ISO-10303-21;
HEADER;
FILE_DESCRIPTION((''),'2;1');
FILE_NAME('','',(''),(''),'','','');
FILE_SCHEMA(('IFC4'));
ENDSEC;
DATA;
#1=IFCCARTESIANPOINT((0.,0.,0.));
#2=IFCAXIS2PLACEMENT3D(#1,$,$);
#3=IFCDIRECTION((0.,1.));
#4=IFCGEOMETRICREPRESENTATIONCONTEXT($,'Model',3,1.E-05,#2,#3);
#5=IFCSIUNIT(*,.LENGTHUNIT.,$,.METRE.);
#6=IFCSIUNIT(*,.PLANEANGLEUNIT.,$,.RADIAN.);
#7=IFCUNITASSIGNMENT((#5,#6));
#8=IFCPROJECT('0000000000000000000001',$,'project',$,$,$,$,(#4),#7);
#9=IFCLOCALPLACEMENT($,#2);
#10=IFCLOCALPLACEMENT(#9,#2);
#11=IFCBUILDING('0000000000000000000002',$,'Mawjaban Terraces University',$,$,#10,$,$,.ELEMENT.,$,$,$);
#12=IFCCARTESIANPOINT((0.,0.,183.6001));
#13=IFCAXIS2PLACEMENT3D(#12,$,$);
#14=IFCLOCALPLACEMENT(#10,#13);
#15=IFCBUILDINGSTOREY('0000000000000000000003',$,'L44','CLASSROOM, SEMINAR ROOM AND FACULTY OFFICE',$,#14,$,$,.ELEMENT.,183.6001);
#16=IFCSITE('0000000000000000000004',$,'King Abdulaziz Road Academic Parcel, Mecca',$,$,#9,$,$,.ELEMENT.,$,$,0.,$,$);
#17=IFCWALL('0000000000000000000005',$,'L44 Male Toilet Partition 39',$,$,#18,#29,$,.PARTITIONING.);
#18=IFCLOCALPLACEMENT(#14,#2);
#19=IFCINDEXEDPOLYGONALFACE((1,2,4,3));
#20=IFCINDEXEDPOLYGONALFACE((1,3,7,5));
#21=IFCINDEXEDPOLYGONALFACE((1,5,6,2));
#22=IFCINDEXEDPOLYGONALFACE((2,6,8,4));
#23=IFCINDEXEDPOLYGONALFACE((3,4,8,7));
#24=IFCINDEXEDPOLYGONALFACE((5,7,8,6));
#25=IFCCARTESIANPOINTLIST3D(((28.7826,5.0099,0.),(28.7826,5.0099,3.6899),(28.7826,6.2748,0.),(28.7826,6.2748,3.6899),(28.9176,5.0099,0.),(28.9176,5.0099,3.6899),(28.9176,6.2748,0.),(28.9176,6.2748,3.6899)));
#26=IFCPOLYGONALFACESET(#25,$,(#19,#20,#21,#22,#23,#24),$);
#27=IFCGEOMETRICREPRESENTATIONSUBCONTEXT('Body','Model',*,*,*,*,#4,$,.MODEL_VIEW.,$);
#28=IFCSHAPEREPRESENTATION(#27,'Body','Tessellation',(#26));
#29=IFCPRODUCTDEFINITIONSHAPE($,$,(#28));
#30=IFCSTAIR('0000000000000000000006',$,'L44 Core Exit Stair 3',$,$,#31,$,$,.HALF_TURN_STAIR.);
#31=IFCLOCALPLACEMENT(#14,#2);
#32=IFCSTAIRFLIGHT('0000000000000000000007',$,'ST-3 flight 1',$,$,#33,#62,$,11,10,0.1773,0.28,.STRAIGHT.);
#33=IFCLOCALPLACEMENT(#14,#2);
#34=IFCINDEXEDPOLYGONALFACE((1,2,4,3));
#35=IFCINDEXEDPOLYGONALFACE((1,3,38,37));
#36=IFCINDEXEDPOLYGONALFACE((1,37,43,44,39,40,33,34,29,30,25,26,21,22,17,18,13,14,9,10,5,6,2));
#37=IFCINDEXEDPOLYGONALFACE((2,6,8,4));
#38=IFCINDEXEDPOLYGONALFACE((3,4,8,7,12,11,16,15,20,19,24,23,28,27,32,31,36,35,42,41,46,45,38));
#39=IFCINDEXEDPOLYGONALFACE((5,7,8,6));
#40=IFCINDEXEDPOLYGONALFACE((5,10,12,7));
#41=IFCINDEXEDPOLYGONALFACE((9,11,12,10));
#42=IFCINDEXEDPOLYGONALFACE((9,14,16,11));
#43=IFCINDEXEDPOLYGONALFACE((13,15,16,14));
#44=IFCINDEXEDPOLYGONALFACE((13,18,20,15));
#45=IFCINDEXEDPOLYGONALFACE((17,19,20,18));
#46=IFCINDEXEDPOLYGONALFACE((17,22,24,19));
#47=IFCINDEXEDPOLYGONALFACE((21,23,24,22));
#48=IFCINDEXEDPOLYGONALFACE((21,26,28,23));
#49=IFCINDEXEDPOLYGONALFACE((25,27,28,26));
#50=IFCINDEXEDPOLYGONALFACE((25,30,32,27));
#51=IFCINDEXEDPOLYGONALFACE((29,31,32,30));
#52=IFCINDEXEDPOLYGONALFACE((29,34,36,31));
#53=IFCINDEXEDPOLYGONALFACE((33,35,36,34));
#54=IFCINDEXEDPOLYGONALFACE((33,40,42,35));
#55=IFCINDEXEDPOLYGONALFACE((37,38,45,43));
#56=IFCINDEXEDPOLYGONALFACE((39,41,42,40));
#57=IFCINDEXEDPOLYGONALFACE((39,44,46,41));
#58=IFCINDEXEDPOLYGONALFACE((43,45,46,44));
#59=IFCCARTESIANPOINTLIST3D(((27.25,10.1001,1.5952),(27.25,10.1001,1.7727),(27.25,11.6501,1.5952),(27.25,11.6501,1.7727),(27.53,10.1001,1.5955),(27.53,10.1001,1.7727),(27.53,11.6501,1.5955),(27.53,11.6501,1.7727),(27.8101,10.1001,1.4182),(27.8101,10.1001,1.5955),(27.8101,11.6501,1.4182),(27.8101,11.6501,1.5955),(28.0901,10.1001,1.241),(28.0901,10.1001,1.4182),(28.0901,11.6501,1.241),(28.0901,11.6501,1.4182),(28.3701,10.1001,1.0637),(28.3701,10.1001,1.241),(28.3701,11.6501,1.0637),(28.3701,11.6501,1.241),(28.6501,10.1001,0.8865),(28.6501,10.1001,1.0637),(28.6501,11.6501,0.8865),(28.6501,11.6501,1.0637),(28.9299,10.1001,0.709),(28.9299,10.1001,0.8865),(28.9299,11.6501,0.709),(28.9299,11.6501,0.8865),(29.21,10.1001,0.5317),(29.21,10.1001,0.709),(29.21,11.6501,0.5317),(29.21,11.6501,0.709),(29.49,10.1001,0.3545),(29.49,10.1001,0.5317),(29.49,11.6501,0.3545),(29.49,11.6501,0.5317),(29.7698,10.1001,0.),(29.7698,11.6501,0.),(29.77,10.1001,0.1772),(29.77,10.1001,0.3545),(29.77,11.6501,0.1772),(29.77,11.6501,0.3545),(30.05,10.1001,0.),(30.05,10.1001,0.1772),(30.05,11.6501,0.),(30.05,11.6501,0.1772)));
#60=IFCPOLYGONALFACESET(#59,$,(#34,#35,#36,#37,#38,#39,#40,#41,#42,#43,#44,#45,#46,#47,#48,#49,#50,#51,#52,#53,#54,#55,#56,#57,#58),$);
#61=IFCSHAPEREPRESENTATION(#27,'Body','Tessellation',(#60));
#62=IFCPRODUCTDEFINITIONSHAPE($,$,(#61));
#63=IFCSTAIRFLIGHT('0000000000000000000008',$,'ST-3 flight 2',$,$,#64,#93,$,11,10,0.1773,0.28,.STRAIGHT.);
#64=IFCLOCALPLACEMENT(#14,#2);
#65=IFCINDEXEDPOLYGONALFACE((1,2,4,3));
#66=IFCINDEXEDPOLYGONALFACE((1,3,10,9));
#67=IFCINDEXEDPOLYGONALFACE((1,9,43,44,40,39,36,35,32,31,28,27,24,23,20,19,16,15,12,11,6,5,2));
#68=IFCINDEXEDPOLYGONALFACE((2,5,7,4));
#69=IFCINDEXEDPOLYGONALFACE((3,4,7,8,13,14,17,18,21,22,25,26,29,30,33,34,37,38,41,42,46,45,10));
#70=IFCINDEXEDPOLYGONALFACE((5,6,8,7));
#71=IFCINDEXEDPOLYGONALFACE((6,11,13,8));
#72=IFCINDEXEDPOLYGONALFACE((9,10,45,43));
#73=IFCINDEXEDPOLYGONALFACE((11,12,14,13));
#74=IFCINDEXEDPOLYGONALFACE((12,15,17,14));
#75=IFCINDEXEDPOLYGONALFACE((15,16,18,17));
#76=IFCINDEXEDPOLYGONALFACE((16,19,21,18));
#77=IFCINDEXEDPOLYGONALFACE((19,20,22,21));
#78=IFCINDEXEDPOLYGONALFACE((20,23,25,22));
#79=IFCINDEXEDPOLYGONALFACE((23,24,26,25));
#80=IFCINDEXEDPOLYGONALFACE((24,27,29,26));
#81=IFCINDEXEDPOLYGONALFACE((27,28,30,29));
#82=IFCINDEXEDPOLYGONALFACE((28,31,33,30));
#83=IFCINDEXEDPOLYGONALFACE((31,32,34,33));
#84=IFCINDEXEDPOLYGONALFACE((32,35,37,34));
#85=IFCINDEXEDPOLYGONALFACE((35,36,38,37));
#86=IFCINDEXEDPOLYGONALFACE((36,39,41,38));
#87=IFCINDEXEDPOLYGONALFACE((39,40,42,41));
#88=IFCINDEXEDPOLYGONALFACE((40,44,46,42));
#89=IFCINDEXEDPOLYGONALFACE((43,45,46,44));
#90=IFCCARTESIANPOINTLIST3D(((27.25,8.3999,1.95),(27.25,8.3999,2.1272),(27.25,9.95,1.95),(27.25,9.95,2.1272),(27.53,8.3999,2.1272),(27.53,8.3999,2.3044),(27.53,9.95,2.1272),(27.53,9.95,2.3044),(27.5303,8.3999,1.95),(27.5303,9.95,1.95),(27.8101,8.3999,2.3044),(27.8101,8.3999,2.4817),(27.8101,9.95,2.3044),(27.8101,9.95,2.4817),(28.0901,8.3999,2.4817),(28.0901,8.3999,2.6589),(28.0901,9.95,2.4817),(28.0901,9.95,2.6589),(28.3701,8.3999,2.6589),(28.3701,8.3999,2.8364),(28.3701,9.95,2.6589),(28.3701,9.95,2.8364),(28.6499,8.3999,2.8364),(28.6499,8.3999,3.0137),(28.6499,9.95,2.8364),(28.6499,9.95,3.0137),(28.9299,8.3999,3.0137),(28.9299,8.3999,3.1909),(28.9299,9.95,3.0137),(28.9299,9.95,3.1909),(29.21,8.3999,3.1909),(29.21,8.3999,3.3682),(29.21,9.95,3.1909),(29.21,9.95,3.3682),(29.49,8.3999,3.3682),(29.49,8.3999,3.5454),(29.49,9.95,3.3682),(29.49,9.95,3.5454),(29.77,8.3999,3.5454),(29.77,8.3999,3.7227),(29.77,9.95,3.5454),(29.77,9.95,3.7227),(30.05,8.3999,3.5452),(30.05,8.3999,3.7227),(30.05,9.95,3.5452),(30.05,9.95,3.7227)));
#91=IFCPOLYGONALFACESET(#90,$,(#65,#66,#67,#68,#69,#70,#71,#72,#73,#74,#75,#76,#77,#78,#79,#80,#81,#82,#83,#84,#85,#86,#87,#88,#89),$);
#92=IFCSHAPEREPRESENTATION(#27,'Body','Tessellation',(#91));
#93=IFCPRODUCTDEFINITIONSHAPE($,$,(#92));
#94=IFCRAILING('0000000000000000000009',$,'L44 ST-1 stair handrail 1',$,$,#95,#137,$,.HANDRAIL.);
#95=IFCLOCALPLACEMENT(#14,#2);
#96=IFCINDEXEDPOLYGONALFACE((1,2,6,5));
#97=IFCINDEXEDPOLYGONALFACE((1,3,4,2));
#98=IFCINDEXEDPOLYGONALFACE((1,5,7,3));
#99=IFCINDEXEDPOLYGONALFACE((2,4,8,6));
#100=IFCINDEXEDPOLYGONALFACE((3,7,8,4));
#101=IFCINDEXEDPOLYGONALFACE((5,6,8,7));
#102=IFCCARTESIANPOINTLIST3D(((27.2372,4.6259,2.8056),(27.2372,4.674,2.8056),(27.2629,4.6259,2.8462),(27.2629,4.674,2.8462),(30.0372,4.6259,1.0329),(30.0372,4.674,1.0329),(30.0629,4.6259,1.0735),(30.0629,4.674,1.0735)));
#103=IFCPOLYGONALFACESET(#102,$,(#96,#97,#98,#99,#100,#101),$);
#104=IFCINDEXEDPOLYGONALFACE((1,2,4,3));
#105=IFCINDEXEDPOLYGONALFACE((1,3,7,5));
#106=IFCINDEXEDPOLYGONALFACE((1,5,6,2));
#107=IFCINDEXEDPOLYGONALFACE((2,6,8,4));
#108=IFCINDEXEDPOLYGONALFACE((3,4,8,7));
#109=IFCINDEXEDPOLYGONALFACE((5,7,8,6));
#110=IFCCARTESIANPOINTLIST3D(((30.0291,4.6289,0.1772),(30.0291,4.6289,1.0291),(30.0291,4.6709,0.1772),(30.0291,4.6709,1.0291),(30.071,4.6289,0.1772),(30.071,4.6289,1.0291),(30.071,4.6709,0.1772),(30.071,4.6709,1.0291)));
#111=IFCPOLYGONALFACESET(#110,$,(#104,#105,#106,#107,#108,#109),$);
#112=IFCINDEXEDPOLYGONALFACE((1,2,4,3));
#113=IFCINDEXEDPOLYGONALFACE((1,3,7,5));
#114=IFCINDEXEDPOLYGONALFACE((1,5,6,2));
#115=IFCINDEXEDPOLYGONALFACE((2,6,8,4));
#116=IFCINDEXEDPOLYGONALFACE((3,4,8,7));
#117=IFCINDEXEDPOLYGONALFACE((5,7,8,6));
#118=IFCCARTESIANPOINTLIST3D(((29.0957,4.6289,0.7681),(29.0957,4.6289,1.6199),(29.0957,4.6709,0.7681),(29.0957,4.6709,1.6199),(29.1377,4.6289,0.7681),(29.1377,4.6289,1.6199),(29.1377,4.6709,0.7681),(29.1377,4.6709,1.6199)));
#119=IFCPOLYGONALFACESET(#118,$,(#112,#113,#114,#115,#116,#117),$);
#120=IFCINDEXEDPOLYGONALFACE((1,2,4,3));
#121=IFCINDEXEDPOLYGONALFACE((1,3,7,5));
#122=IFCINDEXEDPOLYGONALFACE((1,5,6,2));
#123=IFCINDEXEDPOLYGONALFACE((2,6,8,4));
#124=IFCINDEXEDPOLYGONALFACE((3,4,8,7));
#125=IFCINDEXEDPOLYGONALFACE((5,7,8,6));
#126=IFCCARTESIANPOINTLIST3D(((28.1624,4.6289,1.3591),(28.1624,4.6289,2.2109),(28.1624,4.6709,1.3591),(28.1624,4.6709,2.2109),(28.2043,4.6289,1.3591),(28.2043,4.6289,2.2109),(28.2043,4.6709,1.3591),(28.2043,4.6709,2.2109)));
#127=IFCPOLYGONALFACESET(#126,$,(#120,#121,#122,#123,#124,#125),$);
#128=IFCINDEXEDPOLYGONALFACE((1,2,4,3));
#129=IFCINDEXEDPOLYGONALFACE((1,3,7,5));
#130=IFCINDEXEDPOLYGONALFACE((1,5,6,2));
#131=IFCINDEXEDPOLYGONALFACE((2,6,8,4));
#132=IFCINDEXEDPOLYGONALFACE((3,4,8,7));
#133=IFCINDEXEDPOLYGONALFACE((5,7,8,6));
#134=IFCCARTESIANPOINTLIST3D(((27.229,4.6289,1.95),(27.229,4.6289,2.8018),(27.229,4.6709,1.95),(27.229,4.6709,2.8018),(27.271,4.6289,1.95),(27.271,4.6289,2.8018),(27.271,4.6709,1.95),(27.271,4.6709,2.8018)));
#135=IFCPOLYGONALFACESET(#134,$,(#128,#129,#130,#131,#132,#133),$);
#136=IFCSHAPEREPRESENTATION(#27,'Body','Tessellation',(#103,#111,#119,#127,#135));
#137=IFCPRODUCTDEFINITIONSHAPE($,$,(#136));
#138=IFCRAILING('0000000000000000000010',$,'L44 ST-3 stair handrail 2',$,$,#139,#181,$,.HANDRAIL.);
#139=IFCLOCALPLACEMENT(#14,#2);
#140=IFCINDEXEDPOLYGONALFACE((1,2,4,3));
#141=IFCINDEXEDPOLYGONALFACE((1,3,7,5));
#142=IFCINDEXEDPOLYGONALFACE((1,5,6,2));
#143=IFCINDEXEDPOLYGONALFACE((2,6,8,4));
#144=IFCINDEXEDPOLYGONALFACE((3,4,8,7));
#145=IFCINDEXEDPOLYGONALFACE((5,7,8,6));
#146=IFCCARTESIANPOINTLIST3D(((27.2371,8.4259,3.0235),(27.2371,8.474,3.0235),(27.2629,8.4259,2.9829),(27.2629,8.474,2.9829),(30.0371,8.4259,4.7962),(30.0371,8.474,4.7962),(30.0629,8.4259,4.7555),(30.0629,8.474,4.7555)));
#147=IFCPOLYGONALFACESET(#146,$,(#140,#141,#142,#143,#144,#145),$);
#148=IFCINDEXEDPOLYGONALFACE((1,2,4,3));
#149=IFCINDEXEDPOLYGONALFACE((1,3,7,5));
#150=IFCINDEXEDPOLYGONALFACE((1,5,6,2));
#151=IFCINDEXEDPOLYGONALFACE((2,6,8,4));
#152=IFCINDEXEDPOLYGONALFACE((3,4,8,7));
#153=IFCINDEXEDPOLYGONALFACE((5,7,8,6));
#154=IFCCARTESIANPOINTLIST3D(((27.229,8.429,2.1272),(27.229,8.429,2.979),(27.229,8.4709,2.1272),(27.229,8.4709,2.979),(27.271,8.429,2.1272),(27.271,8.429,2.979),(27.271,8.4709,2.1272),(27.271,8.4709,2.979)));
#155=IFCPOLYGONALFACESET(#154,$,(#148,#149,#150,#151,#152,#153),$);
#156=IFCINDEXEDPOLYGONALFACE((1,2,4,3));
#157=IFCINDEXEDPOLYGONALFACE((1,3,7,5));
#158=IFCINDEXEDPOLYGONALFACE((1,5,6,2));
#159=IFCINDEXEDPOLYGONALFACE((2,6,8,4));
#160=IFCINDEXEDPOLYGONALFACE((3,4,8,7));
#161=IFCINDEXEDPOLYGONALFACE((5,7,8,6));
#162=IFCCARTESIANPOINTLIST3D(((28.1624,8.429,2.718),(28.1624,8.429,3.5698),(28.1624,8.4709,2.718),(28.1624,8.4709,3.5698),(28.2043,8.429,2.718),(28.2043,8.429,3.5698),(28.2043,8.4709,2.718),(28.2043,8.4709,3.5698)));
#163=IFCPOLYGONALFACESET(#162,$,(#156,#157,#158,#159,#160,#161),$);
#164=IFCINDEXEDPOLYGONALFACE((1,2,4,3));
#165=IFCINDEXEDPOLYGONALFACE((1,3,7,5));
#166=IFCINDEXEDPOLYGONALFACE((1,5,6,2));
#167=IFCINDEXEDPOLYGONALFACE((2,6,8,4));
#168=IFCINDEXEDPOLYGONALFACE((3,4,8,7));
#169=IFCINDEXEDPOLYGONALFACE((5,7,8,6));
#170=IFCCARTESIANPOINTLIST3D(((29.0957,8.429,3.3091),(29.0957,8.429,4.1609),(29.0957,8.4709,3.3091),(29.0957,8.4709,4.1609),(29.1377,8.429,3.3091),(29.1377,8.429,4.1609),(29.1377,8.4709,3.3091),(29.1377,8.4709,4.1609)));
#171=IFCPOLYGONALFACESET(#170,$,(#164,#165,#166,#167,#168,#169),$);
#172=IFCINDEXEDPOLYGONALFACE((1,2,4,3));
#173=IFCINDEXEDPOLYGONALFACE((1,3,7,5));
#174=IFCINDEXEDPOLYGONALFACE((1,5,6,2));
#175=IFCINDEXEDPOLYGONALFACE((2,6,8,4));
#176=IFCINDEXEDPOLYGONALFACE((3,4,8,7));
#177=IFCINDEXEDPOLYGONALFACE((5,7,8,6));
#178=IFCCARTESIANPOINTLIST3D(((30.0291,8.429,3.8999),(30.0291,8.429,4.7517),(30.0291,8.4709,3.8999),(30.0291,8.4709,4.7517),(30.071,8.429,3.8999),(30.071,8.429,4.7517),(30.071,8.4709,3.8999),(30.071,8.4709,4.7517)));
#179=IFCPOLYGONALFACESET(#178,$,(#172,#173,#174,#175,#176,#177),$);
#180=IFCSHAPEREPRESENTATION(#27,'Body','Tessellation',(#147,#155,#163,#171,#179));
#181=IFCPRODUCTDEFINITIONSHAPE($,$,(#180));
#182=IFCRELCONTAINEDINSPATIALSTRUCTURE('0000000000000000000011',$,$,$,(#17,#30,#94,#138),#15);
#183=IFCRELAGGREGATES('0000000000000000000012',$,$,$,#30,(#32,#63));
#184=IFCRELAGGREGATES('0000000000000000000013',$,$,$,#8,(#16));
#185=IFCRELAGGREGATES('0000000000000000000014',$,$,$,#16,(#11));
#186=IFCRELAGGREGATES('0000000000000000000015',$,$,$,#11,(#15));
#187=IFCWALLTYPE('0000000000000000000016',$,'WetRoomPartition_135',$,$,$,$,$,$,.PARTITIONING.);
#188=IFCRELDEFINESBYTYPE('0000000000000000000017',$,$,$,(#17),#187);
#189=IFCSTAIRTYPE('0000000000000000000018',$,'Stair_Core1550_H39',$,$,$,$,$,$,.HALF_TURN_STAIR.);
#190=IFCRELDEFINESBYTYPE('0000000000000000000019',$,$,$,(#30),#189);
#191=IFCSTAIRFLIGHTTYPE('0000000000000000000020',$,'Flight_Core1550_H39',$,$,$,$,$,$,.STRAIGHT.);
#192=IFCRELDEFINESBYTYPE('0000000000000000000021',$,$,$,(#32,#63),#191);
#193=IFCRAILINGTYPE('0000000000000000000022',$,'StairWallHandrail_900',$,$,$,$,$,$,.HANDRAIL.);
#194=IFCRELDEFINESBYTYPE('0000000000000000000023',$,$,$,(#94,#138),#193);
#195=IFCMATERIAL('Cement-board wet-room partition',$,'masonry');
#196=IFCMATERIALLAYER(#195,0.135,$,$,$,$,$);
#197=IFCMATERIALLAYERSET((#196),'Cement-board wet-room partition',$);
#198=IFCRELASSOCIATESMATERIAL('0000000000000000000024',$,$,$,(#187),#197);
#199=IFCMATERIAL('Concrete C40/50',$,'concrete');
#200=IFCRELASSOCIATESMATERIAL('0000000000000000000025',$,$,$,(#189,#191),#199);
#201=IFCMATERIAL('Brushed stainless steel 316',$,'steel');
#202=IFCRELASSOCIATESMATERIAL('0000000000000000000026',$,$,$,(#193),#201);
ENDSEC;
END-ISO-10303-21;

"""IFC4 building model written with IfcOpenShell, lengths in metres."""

from ifc_helpers import new_model, si_unit, direction, frame, frame_2d, origin, origin_2d, place, context, subcontext, project, spatial, polyline, rectangle, outline, extrude, material, layer, layer_set, type_object, element, aggregate, save


model = new_model("IFC4")

# Units and contexts
model_context = context("Model", 3, precision=1e-05, world=origin(), true_north=direction((0.0, 1.0)))
body_context = subcontext(model_context, "Body", "Model", "MODEL_VIEW")
ifc_project = project(units=[si_unit("LENGTHUNIT", "METRE"), si_unit("PLANEANGLEUNIT", "RADIAN")], contexts=[model_context])

# Site, building, storey
site_placement = place(None, origin())
site = spatial("IfcSite", under=ifc_project, at=site_placement, Name="King Abdulaziz Road Academic Parcel, Mecca", CompositionType="ELEMENT", RefElevation=0.0)
building_placement = place(site_placement, origin())
building = spatial("IfcBuilding", under=site, at=building_placement, Name="Mawjaban Terraces University", CompositionType="ELEMENT")
storey_placement = place(building_placement, frame((0.0, 0.0, 183.6001)))
storey = spatial("IfcBuildingStorey", under=building, at=storey_placement, Name="L44", Description="CLASSROOM, SEMINAR ROOM AND FACULTY OFFICE", CompositionType="ELEMENT", Elevation=183.6001)

# Shared definitions
ifc_material_1 = material(Name="Concrete C40/50", Category="concrete")

# Wall
ifc_material_2 = material(Name="Cement-board wet-room partition", Category="masonry")
ifc_layer_1 = layer(ifc_material_2, 0.135)
ifc_layer_set_1 = layer_set([ifc_layer_1], Name="Cement-board wet-room partition")
wall_type_1 = type_object("IfcWallType", Name="WetRoomPartition_135", PredefinedType="PARTITIONING", material=ifc_layer_set_1)
wall_1_placement = place(storey_placement, frame((28.8501, 5.01, 0.0), z_axis=(0.0, 0.0, 1.0), x_axis=(0.0, 1.0, 0.0)))
element("IfcWall", 1, at=wall_1_placement, inside=storey, type_object=wall_type_1, Name="L44 Male Toilet Partition 39", PredefinedType="PARTITIONING", context=body_context, shape_type="SweptSolid", body=[
    extrude(rectangle(XDim=1.2649, YDim=0.135, at=frame_2d((0.6323, 0.0))), origin(), (0.0, 0.0, 1.0), 3.6899),
])

# Stair, stair flights
stair_type = type_object("IfcStairType", Name="Stair_Core1550_H39", PredefinedType="HALF_TURN_STAIR", material=ifc_material_1)
stair_placement = place(storey_placement, origin())
stair = element("IfcStair", 2, at=stair_placement, inside=storey, type_object=stair_type, Name="L44 Core Exit Stair 3", PredefinedType="HALF_TURN_STAIR")
stair_flight_type = type_object("IfcStairFlightType", Name="Flight_Core1550_H39", PredefinedType="STRAIGHT", material=ifc_material_1)
stair_flight_1_placement = place(storey_placement, frame((30.05, 10.875, 0.0), z_axis=(0.0, 0.0, 1.0), x_axis=(-1.0, 0.0, 0.0)))
stair_flight_1 = element("IfcStairFlight", 3, at=stair_flight_1_placement, type_object=stair_flight_type, Name="ST-3 flight 1", NumberOfRisers=11, NumberOfTreads=10, PredefinedType="STRAIGHT", RiserHeight=0.1773, TreadLength=0.28, context=body_context, shape_type="SweptSolid", body=[
    extrude(outline(polyline([(0.0, 0.0), (0.0, 0.1772), (0.28, 0.1772), (0.28, 0.3545), (0.5601, 0.3545), (0.5601, 0.5317), (0.8401, 0.5317), (0.8401, 0.709), (1.1201, 0.709), (1.1201, 0.8865), (1.3999, 0.8865), (1.3999, 1.0637), (1.6799, 1.0637), (1.6799, 1.241), (1.96, 1.241), (1.96, 1.4182), (2.24, 1.4182), (2.24, 1.5955), (2.52, 1.5955), (2.52, 1.7727), (2.8, 1.7727), (2.8, 1.95), (2.8, 1.5952), (0.2803, 0.0), (0.0, 0.0)])), frame((0.0, 0.7749, 0.0), z_axis=(0.0, -1.0, 0.0), x_axis=(1.0, 0.0, 0.0)), (0.0, 0.0, 1.0), 1.55),
])
stair_flight_2_placement = place(storey_placement, frame((27.25, 9.175, 1.95), z_axis=(0.0, 0.0, 1.0), x_axis=(1.0, 0.0, 0.0)))
stair_flight_2 = element("IfcStairFlight", 4, at=stair_flight_2_placement, type_object=stair_flight_type, Name="ST-3 flight 2", NumberOfRisers=11, NumberOfTreads=10, PredefinedType="STRAIGHT", RiserHeight=0.1773, TreadLength=0.28, context=body_context, shape_type="SweptSolid", body=[
    extrude(outline(polyline([(0.0, 0.0), (0.0, 0.1772), (0.28, 0.1772), (0.28, 0.3545), (0.5601, 0.3545), (0.5601, 0.5317), (0.8401, 0.5317), (0.8401, 0.709), (1.1201, 0.709), (1.1201, 0.8865), (1.3999, 0.8865), (1.3999, 1.0637), (1.6799, 1.0637), (1.6799, 1.241), (1.96, 1.241), (1.96, 1.4182), (2.24, 1.4182), (2.24, 1.5955), (2.52, 1.5955), (2.52, 1.7727), (2.8, 1.7727), (2.8, 1.95), (2.8, 1.5952), (0.2803, 0.0), (0.0, 0.0)])), frame((0.0, 0.7749, 0.0), z_axis=(0.0, -1.0, 0.0), x_axis=(1.0, 0.0, 0.0)), (0.0, 0.0, 1.0), 1.55),
])
aggregate(stair, [stair_flight_1, stair_flight_2])

# Railings
ifc_material_3 = material(Name="Brushed stainless steel 316", Category="steel")
railing_type_1 = type_object("IfcRailingType", Name="StairWallHandrail_900", PredefinedType="HANDRAIL", material=ifc_material_3)
railing_1_placement = place(storey_placement, frame((30.05, 4.6499, 0.1772)))
element("IfcRailing", 5, at=railing_1_placement, inside=storey, type_object=railing_type_1, Name="L44 ST-1 stair handrail 1", PredefinedType="HANDRAIL", context=body_context, shape_type="SweptSolid", body=[
    extrude(rectangle(XDim=0.0481, YDim=0.0481, at=origin_2d()), frame((0.0, 0.0, 0.876), z_axis=(-0.844909, 0.0, 0.53491), x_axis=(0.0, -1.0, 0.0)), (0.0, 0.0, 1.0), 3.314),
    extrude(rectangle(XDim=0.042, YDim=0.042, at=origin_2d()), origin(), (0.0, 0.0, 1.0), 0.8518),
    extrude(rectangle(XDim=0.042, YDim=0.042, at=origin_2d()), frame((-0.9333, 0.0, 0.5908)), (0.0, 0.0, 1.0), 0.8518),
    extrude(rectangle(XDim=0.042, YDim=0.042, at=origin_2d()), frame((-1.8667, 0.0, 1.1819)), (0.0, 0.0, 1.0), 0.8518),
    extrude(rectangle(XDim=0.042, YDim=0.042, at=origin_2d()), frame((-2.8, 0.0, 1.7727)), (0.0, 0.0, 1.0), 0.8518),
])
railing_2_placement = place(storey_placement, frame((27.25, 8.45, 2.1272)))
element("IfcRailing", 6, at=railing_2_placement, inside=storey, type_object=railing_type_1, Name="L44 ST-3 stair handrail 2", PredefinedType="HANDRAIL", context=body_context, shape_type="SweptSolid", body=[
    extrude(rectangle(XDim=0.0481, YDim=0.0481, at=origin_2d()), frame((0.0, 0.0, 0.876), z_axis=(0.844909, 0.0, 0.53491), x_axis=(0.0, 1.0, 0.0)), (0.0, 0.0, 1.0), 3.314),
    extrude(rectangle(XDim=0.042, YDim=0.042, at=origin_2d()), origin(), (0.0, 0.0, 1.0), 0.8518),
    extrude(rectangle(XDim=0.042, YDim=0.042, at=origin_2d()), frame((0.9333, 0.0, 0.5908)), (0.0, 0.0, 1.0), 0.8518),
    extrude(rectangle(XDim=0.042, YDim=0.042, at=origin_2d()), frame((1.8667, 0.0, 1.1819)), (0.0, 0.0, 1.0), 0.8518),
    extrude(rectangle(XDim=0.042, YDim=0.042, at=origin_2d()), frame((2.8, 0.0, 1.7727)), (0.0, 0.0, 1.0), 0.8518),
])

save(model, "model.ifc")
